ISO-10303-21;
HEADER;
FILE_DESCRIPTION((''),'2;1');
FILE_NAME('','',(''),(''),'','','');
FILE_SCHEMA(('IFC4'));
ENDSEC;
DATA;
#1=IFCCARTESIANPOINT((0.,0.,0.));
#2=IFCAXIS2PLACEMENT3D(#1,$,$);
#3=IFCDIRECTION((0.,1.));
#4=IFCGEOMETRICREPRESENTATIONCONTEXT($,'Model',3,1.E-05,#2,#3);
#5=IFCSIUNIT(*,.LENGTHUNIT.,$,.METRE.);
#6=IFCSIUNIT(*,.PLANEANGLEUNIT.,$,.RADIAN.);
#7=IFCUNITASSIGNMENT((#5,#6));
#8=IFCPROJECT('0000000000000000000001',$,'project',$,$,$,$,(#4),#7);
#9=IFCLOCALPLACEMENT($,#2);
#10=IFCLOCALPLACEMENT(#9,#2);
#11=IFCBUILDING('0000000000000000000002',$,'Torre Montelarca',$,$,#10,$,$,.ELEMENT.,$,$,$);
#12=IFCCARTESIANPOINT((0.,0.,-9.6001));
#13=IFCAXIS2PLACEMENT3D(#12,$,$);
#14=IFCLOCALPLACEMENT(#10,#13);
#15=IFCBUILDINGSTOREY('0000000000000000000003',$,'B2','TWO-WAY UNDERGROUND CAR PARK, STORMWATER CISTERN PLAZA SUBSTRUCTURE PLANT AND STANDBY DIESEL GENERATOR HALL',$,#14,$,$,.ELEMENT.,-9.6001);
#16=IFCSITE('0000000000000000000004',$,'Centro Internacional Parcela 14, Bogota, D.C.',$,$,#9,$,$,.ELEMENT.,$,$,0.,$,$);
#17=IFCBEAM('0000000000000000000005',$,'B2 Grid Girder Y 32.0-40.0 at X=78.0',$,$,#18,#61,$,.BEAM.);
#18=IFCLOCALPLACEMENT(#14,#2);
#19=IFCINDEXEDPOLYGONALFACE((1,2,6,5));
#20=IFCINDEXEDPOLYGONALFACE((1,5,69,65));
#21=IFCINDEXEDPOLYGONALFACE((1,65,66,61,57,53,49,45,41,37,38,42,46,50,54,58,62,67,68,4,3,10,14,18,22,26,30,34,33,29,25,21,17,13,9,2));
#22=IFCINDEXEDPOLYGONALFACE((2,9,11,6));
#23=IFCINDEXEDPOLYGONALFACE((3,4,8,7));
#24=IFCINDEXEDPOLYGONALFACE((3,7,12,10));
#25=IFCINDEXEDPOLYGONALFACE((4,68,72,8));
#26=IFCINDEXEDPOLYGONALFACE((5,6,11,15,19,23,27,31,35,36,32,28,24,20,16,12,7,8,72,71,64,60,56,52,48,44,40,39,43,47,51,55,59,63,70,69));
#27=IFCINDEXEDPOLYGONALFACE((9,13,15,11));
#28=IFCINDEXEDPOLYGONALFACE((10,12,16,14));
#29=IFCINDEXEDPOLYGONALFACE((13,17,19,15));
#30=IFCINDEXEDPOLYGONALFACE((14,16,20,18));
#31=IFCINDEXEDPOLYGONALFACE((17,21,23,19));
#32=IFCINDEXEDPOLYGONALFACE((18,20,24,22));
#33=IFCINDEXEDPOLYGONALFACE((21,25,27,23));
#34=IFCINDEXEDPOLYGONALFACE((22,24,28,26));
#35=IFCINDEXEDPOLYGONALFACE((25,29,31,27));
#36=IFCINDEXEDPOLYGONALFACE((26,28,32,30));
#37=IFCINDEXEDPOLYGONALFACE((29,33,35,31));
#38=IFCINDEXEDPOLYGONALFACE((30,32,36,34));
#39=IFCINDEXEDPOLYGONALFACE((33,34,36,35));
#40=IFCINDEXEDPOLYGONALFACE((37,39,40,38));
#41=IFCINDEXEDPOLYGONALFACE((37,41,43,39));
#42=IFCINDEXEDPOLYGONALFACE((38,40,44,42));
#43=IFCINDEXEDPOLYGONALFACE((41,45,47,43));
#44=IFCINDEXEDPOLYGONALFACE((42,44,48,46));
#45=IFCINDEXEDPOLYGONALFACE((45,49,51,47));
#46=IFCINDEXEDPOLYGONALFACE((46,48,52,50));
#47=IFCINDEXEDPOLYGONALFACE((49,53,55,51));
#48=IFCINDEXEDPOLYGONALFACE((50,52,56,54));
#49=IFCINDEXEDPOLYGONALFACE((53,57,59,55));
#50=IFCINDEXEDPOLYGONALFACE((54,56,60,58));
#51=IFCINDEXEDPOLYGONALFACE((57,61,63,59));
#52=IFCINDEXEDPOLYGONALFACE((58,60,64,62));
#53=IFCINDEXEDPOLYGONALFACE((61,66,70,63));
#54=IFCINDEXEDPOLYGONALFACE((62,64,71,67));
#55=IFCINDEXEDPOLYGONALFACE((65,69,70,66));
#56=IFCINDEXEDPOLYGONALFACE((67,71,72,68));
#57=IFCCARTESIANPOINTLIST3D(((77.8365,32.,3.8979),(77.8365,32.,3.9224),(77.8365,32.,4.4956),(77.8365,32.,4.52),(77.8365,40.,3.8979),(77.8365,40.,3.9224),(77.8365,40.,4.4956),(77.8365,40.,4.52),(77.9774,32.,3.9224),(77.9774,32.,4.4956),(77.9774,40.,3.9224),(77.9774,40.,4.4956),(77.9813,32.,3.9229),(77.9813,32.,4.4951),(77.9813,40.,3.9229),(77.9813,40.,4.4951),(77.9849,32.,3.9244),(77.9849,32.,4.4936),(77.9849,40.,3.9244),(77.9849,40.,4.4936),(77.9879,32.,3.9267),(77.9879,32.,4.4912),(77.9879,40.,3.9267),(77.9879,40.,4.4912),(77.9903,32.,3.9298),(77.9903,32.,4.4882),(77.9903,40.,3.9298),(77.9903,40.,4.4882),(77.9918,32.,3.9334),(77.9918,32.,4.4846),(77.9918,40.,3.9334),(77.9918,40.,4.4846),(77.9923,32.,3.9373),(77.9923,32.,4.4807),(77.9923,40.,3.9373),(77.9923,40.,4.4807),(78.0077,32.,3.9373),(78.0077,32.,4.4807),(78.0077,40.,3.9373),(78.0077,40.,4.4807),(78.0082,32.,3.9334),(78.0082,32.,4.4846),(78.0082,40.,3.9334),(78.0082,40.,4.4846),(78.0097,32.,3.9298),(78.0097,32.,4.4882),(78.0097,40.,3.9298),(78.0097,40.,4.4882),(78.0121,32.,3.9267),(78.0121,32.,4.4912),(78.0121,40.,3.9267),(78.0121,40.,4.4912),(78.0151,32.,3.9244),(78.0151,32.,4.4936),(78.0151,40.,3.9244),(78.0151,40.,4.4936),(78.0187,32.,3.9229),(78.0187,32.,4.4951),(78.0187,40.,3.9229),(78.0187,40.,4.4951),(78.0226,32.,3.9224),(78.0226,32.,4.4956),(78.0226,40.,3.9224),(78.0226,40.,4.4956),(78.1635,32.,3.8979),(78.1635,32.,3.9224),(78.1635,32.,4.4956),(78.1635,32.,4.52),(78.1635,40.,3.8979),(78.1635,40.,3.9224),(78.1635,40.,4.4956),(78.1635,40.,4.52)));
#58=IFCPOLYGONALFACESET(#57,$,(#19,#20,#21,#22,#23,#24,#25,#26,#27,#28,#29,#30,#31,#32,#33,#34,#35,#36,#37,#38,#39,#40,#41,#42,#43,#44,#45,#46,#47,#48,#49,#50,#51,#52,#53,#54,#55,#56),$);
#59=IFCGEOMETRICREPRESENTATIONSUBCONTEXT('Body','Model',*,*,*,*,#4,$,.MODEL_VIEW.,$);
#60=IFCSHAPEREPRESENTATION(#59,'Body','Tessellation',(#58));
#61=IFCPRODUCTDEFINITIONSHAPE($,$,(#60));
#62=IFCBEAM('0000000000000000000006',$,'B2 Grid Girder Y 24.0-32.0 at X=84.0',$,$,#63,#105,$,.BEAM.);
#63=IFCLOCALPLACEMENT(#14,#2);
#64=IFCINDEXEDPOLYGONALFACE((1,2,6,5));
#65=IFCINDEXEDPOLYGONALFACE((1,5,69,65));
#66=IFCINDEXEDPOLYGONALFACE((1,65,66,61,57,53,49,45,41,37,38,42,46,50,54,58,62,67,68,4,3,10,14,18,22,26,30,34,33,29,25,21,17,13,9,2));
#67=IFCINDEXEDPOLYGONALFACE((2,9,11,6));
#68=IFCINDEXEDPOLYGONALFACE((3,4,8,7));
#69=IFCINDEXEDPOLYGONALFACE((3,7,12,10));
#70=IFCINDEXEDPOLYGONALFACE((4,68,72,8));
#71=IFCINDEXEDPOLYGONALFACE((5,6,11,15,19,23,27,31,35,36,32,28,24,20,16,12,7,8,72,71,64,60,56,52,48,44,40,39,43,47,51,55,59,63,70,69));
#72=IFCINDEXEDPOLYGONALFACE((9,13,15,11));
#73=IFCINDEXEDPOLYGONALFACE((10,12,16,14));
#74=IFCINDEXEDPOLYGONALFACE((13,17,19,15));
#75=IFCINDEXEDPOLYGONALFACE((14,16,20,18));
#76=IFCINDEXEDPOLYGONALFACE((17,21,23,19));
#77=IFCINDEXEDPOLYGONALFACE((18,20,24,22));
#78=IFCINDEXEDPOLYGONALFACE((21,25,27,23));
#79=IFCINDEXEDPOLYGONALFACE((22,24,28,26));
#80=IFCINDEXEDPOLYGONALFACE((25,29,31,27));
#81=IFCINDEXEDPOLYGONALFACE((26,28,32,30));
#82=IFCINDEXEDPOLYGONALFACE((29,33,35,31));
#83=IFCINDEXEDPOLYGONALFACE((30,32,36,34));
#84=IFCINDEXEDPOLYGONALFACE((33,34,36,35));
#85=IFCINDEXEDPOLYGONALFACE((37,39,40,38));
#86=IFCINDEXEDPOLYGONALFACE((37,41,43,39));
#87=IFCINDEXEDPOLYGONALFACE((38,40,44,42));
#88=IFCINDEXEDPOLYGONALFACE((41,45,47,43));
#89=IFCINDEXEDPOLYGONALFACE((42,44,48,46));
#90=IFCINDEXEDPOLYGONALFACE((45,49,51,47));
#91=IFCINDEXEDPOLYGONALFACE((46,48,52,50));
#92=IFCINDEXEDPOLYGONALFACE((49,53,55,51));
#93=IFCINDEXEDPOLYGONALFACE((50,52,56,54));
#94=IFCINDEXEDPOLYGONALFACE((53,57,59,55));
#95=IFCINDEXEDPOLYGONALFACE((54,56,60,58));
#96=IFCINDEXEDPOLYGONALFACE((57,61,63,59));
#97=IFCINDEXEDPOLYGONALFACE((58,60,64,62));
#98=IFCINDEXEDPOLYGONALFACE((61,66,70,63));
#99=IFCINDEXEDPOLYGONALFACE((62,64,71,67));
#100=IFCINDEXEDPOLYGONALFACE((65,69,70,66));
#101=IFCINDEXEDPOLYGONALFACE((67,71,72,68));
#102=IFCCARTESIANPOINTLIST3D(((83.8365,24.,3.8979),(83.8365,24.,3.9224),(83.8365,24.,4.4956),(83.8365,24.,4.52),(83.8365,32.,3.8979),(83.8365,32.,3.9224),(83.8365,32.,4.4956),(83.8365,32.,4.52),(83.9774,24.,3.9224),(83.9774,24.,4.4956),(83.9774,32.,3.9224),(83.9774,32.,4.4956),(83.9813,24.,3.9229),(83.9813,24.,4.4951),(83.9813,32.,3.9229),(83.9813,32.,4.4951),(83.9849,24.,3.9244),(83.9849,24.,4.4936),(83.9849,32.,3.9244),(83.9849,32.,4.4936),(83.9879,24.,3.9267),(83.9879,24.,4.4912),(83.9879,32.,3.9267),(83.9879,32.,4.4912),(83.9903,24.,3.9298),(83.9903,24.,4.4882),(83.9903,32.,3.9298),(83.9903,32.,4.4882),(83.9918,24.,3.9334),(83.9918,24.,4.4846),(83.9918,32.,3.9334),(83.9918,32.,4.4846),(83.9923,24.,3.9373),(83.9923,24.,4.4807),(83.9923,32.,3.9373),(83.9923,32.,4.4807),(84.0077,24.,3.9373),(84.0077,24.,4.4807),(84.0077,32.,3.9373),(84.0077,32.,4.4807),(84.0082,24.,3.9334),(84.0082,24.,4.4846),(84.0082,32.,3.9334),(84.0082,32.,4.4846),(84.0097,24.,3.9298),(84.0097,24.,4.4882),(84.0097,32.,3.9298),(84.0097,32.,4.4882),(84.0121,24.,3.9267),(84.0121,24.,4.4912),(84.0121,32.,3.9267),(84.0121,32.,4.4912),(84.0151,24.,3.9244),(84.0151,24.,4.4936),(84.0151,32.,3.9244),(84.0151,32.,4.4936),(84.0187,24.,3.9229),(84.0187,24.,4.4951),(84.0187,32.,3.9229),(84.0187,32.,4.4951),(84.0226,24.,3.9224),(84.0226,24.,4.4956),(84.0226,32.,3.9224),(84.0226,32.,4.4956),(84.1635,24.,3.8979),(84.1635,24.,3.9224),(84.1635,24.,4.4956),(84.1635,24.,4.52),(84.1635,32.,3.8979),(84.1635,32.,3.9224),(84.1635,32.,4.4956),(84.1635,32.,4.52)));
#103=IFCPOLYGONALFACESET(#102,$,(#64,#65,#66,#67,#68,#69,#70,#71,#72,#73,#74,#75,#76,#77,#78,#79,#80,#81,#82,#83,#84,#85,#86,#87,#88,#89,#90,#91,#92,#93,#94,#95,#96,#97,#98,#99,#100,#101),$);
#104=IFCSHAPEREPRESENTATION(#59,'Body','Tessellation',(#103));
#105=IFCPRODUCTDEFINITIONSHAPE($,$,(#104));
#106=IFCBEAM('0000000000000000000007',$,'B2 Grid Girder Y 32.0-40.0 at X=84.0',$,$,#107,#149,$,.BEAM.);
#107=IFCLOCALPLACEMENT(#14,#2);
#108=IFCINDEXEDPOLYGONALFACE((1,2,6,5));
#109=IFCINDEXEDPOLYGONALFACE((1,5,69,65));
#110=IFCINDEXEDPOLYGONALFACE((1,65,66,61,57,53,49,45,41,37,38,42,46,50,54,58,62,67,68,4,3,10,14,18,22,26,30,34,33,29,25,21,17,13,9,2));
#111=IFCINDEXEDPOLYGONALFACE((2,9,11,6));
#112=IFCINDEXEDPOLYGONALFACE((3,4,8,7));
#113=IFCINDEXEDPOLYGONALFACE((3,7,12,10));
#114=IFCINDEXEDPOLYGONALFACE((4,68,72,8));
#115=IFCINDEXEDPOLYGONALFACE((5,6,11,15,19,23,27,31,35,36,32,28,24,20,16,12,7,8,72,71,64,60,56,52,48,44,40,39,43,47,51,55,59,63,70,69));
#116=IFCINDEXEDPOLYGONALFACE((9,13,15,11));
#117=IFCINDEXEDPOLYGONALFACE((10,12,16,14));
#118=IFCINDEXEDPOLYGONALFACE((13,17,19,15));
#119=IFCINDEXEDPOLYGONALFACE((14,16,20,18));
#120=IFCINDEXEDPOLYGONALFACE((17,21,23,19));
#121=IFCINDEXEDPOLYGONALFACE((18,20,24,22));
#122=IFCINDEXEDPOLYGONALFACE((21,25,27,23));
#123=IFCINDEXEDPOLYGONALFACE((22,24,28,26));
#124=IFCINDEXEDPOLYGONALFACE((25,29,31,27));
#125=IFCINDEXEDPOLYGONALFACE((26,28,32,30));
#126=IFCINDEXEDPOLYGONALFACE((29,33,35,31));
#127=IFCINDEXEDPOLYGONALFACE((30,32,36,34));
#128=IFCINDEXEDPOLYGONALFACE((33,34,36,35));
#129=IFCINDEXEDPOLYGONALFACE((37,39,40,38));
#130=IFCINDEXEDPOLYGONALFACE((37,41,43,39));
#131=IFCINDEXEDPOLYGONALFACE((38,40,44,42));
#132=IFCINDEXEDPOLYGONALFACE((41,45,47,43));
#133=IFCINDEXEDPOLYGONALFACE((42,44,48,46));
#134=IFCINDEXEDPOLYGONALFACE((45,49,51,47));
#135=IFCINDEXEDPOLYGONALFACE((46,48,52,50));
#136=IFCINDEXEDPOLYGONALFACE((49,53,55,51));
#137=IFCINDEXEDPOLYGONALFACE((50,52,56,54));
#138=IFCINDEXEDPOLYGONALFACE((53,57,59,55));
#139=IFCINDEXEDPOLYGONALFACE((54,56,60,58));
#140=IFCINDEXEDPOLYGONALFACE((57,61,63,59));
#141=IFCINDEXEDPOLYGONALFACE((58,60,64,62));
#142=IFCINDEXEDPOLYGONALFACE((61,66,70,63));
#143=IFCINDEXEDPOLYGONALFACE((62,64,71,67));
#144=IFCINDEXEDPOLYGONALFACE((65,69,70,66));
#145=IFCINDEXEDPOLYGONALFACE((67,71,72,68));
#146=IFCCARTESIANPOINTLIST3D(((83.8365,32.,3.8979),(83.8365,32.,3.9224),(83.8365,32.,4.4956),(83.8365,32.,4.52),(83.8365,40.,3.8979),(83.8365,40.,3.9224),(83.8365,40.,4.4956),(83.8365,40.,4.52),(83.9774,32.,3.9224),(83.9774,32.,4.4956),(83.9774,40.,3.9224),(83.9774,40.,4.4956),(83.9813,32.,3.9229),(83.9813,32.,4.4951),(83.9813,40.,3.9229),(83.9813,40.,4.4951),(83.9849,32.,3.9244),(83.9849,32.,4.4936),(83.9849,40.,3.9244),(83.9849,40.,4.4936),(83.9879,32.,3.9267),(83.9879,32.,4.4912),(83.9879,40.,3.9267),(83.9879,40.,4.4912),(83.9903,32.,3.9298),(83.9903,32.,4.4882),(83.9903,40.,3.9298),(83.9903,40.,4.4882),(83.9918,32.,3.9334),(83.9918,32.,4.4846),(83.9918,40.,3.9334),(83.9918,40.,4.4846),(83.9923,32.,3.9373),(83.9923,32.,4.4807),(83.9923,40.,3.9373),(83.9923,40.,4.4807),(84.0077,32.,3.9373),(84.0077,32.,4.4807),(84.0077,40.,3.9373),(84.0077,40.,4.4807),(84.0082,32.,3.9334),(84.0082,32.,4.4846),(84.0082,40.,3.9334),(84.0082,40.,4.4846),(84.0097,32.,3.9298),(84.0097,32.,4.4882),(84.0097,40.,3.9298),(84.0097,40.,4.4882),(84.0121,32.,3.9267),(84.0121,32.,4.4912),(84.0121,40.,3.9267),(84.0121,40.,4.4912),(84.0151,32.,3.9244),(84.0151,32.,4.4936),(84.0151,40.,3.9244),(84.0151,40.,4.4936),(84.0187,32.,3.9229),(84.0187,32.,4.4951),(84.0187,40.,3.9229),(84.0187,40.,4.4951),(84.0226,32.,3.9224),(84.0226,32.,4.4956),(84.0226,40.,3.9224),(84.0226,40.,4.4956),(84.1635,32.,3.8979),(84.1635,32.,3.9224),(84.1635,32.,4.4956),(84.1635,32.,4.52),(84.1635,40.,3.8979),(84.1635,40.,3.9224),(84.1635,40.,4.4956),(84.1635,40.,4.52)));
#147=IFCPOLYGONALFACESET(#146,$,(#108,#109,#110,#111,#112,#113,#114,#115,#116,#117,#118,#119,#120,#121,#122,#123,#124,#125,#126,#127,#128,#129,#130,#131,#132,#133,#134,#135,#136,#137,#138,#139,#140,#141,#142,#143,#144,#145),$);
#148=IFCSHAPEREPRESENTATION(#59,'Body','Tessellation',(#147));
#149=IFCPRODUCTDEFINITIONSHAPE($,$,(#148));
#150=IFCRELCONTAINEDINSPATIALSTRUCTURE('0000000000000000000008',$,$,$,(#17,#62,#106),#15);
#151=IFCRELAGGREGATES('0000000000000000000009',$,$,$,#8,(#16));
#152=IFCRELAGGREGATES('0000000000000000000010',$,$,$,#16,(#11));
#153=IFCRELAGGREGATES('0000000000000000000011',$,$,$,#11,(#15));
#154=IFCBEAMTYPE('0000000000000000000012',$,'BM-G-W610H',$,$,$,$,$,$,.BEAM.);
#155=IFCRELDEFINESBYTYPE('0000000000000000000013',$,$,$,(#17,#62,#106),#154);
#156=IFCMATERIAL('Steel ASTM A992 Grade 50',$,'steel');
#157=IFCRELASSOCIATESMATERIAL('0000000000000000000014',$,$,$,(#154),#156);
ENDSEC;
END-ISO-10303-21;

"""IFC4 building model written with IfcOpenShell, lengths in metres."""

from ifc_helpers import new_model, si_unit, direction, frame, origin, origin_2d, place, context, subcontext, project, spatial, i_section, extrude, source, transform, mapped, material, material_profile, profile_set, type_object, element, save


model = new_model("IFC4")

# Units and contexts
model_context = context("Model", 3, precision=1e-05, world=origin(), true_north=direction((0.0, 1.0)))
body_context = subcontext(model_context, "Body", "Model", "MODEL_VIEW")
ifc_project = project(units=[si_unit("LENGTHUNIT", "METRE"), si_unit("PLANEANGLEUNIT", "RADIAN")], contexts=[model_context])

# Site, building, storey
site_placement = place(None, origin())
site = spatial("IfcSite", under=ifc_project, at=site_placement, Name="Centro Internacional Parcela 14, Bogota, D.C.", CompositionType="ELEMENT", RefElevation=0.0)
building_placement = place(site_placement, origin())
building = spatial("IfcBuilding", under=site, at=building_placement, Name="Torre Montelarca", CompositionType="ELEMENT")
storey_placement = place(building_placement, frame((0.0, 0.0, -9.6001)))
storey = spatial("IfcBuildingStorey", under=building, at=storey_placement, Name="B2", Description="TWO-WAY UNDERGROUND CAR PARK, STORMWATER CISTERN PLAZA SUBSTRUCTURE PLANT AND STANDBY DIESEL GENERATOR HALL", CompositionType="ELEMENT", Elevation=-9.6001)

# Beams
ifc_material_1 = material(Name="Steel ASTM A992 Grade 50", Category="steel")
ifc_material_profile_1 = material_profile(ifc_material_1, i_section(OverallWidth=0.3269, OverallDepth=0.6221, WebThickness=0.0154, FlangeThickness=0.0244, FilletRadius=0.0149, at=origin_2d()), Name="W610X195", Category="steel")
ifc_profile_set_1 = profile_set([ifc_material_profile_1], Name="Steel ASTM A992 Grade 50")
beam_type_1 = type_object("IfcBeamType", Name="BM-G-W610H", PredefinedType="BEAM", material=ifc_profile_set_1)
shared_shape_1 = source(origin(), body_context, "Body", "SweptSolid", [
    extrude(i_section(OverallWidth=0.3269, OverallDepth=0.6221, WebThickness=0.0154, FlangeThickness=0.0244, FilletRadius=0.0149, at=origin_2d()), origin(), (0.0, 0.0, 1.0), 8.0),
])
for number, where, z_axis, x_axis, name in (
    (1, (78.0, 32.0, 4.209), (0.0, 1.0, 0.0), (-1.0, 0.0, 0.0), "B2 Grid Girder Y 32.0-40.0 at X=78.0"),
    (2, (84.0, 24.0, 4.209), (0.0, 1.0, 0.0), (-1.0, 0.0, 0.0), "B2 Grid Girder Y 24.0-32.0 at X=84.0"),
    (3, (84.0, 32.0, 4.209), (0.0, 1.0, 0.0), (-1.0, 0.0, 0.0), "B2 Grid Girder Y 32.0-40.0 at X=84.0"),
):
    element("IfcBeam", number, at=place(storey_placement, frame(where, z_axis=z_axis, x_axis=x_axis)), inside=storey, type_object=beam_type_1, Name=name, PredefinedType="BEAM", context=body_context, shape_type="MappedRepresentation", body=[
        mapped(shared_shape_1, transform((0.0, 0.0, 0.0), scale=1.0)),
    ])

save(model, "model.ifc")
